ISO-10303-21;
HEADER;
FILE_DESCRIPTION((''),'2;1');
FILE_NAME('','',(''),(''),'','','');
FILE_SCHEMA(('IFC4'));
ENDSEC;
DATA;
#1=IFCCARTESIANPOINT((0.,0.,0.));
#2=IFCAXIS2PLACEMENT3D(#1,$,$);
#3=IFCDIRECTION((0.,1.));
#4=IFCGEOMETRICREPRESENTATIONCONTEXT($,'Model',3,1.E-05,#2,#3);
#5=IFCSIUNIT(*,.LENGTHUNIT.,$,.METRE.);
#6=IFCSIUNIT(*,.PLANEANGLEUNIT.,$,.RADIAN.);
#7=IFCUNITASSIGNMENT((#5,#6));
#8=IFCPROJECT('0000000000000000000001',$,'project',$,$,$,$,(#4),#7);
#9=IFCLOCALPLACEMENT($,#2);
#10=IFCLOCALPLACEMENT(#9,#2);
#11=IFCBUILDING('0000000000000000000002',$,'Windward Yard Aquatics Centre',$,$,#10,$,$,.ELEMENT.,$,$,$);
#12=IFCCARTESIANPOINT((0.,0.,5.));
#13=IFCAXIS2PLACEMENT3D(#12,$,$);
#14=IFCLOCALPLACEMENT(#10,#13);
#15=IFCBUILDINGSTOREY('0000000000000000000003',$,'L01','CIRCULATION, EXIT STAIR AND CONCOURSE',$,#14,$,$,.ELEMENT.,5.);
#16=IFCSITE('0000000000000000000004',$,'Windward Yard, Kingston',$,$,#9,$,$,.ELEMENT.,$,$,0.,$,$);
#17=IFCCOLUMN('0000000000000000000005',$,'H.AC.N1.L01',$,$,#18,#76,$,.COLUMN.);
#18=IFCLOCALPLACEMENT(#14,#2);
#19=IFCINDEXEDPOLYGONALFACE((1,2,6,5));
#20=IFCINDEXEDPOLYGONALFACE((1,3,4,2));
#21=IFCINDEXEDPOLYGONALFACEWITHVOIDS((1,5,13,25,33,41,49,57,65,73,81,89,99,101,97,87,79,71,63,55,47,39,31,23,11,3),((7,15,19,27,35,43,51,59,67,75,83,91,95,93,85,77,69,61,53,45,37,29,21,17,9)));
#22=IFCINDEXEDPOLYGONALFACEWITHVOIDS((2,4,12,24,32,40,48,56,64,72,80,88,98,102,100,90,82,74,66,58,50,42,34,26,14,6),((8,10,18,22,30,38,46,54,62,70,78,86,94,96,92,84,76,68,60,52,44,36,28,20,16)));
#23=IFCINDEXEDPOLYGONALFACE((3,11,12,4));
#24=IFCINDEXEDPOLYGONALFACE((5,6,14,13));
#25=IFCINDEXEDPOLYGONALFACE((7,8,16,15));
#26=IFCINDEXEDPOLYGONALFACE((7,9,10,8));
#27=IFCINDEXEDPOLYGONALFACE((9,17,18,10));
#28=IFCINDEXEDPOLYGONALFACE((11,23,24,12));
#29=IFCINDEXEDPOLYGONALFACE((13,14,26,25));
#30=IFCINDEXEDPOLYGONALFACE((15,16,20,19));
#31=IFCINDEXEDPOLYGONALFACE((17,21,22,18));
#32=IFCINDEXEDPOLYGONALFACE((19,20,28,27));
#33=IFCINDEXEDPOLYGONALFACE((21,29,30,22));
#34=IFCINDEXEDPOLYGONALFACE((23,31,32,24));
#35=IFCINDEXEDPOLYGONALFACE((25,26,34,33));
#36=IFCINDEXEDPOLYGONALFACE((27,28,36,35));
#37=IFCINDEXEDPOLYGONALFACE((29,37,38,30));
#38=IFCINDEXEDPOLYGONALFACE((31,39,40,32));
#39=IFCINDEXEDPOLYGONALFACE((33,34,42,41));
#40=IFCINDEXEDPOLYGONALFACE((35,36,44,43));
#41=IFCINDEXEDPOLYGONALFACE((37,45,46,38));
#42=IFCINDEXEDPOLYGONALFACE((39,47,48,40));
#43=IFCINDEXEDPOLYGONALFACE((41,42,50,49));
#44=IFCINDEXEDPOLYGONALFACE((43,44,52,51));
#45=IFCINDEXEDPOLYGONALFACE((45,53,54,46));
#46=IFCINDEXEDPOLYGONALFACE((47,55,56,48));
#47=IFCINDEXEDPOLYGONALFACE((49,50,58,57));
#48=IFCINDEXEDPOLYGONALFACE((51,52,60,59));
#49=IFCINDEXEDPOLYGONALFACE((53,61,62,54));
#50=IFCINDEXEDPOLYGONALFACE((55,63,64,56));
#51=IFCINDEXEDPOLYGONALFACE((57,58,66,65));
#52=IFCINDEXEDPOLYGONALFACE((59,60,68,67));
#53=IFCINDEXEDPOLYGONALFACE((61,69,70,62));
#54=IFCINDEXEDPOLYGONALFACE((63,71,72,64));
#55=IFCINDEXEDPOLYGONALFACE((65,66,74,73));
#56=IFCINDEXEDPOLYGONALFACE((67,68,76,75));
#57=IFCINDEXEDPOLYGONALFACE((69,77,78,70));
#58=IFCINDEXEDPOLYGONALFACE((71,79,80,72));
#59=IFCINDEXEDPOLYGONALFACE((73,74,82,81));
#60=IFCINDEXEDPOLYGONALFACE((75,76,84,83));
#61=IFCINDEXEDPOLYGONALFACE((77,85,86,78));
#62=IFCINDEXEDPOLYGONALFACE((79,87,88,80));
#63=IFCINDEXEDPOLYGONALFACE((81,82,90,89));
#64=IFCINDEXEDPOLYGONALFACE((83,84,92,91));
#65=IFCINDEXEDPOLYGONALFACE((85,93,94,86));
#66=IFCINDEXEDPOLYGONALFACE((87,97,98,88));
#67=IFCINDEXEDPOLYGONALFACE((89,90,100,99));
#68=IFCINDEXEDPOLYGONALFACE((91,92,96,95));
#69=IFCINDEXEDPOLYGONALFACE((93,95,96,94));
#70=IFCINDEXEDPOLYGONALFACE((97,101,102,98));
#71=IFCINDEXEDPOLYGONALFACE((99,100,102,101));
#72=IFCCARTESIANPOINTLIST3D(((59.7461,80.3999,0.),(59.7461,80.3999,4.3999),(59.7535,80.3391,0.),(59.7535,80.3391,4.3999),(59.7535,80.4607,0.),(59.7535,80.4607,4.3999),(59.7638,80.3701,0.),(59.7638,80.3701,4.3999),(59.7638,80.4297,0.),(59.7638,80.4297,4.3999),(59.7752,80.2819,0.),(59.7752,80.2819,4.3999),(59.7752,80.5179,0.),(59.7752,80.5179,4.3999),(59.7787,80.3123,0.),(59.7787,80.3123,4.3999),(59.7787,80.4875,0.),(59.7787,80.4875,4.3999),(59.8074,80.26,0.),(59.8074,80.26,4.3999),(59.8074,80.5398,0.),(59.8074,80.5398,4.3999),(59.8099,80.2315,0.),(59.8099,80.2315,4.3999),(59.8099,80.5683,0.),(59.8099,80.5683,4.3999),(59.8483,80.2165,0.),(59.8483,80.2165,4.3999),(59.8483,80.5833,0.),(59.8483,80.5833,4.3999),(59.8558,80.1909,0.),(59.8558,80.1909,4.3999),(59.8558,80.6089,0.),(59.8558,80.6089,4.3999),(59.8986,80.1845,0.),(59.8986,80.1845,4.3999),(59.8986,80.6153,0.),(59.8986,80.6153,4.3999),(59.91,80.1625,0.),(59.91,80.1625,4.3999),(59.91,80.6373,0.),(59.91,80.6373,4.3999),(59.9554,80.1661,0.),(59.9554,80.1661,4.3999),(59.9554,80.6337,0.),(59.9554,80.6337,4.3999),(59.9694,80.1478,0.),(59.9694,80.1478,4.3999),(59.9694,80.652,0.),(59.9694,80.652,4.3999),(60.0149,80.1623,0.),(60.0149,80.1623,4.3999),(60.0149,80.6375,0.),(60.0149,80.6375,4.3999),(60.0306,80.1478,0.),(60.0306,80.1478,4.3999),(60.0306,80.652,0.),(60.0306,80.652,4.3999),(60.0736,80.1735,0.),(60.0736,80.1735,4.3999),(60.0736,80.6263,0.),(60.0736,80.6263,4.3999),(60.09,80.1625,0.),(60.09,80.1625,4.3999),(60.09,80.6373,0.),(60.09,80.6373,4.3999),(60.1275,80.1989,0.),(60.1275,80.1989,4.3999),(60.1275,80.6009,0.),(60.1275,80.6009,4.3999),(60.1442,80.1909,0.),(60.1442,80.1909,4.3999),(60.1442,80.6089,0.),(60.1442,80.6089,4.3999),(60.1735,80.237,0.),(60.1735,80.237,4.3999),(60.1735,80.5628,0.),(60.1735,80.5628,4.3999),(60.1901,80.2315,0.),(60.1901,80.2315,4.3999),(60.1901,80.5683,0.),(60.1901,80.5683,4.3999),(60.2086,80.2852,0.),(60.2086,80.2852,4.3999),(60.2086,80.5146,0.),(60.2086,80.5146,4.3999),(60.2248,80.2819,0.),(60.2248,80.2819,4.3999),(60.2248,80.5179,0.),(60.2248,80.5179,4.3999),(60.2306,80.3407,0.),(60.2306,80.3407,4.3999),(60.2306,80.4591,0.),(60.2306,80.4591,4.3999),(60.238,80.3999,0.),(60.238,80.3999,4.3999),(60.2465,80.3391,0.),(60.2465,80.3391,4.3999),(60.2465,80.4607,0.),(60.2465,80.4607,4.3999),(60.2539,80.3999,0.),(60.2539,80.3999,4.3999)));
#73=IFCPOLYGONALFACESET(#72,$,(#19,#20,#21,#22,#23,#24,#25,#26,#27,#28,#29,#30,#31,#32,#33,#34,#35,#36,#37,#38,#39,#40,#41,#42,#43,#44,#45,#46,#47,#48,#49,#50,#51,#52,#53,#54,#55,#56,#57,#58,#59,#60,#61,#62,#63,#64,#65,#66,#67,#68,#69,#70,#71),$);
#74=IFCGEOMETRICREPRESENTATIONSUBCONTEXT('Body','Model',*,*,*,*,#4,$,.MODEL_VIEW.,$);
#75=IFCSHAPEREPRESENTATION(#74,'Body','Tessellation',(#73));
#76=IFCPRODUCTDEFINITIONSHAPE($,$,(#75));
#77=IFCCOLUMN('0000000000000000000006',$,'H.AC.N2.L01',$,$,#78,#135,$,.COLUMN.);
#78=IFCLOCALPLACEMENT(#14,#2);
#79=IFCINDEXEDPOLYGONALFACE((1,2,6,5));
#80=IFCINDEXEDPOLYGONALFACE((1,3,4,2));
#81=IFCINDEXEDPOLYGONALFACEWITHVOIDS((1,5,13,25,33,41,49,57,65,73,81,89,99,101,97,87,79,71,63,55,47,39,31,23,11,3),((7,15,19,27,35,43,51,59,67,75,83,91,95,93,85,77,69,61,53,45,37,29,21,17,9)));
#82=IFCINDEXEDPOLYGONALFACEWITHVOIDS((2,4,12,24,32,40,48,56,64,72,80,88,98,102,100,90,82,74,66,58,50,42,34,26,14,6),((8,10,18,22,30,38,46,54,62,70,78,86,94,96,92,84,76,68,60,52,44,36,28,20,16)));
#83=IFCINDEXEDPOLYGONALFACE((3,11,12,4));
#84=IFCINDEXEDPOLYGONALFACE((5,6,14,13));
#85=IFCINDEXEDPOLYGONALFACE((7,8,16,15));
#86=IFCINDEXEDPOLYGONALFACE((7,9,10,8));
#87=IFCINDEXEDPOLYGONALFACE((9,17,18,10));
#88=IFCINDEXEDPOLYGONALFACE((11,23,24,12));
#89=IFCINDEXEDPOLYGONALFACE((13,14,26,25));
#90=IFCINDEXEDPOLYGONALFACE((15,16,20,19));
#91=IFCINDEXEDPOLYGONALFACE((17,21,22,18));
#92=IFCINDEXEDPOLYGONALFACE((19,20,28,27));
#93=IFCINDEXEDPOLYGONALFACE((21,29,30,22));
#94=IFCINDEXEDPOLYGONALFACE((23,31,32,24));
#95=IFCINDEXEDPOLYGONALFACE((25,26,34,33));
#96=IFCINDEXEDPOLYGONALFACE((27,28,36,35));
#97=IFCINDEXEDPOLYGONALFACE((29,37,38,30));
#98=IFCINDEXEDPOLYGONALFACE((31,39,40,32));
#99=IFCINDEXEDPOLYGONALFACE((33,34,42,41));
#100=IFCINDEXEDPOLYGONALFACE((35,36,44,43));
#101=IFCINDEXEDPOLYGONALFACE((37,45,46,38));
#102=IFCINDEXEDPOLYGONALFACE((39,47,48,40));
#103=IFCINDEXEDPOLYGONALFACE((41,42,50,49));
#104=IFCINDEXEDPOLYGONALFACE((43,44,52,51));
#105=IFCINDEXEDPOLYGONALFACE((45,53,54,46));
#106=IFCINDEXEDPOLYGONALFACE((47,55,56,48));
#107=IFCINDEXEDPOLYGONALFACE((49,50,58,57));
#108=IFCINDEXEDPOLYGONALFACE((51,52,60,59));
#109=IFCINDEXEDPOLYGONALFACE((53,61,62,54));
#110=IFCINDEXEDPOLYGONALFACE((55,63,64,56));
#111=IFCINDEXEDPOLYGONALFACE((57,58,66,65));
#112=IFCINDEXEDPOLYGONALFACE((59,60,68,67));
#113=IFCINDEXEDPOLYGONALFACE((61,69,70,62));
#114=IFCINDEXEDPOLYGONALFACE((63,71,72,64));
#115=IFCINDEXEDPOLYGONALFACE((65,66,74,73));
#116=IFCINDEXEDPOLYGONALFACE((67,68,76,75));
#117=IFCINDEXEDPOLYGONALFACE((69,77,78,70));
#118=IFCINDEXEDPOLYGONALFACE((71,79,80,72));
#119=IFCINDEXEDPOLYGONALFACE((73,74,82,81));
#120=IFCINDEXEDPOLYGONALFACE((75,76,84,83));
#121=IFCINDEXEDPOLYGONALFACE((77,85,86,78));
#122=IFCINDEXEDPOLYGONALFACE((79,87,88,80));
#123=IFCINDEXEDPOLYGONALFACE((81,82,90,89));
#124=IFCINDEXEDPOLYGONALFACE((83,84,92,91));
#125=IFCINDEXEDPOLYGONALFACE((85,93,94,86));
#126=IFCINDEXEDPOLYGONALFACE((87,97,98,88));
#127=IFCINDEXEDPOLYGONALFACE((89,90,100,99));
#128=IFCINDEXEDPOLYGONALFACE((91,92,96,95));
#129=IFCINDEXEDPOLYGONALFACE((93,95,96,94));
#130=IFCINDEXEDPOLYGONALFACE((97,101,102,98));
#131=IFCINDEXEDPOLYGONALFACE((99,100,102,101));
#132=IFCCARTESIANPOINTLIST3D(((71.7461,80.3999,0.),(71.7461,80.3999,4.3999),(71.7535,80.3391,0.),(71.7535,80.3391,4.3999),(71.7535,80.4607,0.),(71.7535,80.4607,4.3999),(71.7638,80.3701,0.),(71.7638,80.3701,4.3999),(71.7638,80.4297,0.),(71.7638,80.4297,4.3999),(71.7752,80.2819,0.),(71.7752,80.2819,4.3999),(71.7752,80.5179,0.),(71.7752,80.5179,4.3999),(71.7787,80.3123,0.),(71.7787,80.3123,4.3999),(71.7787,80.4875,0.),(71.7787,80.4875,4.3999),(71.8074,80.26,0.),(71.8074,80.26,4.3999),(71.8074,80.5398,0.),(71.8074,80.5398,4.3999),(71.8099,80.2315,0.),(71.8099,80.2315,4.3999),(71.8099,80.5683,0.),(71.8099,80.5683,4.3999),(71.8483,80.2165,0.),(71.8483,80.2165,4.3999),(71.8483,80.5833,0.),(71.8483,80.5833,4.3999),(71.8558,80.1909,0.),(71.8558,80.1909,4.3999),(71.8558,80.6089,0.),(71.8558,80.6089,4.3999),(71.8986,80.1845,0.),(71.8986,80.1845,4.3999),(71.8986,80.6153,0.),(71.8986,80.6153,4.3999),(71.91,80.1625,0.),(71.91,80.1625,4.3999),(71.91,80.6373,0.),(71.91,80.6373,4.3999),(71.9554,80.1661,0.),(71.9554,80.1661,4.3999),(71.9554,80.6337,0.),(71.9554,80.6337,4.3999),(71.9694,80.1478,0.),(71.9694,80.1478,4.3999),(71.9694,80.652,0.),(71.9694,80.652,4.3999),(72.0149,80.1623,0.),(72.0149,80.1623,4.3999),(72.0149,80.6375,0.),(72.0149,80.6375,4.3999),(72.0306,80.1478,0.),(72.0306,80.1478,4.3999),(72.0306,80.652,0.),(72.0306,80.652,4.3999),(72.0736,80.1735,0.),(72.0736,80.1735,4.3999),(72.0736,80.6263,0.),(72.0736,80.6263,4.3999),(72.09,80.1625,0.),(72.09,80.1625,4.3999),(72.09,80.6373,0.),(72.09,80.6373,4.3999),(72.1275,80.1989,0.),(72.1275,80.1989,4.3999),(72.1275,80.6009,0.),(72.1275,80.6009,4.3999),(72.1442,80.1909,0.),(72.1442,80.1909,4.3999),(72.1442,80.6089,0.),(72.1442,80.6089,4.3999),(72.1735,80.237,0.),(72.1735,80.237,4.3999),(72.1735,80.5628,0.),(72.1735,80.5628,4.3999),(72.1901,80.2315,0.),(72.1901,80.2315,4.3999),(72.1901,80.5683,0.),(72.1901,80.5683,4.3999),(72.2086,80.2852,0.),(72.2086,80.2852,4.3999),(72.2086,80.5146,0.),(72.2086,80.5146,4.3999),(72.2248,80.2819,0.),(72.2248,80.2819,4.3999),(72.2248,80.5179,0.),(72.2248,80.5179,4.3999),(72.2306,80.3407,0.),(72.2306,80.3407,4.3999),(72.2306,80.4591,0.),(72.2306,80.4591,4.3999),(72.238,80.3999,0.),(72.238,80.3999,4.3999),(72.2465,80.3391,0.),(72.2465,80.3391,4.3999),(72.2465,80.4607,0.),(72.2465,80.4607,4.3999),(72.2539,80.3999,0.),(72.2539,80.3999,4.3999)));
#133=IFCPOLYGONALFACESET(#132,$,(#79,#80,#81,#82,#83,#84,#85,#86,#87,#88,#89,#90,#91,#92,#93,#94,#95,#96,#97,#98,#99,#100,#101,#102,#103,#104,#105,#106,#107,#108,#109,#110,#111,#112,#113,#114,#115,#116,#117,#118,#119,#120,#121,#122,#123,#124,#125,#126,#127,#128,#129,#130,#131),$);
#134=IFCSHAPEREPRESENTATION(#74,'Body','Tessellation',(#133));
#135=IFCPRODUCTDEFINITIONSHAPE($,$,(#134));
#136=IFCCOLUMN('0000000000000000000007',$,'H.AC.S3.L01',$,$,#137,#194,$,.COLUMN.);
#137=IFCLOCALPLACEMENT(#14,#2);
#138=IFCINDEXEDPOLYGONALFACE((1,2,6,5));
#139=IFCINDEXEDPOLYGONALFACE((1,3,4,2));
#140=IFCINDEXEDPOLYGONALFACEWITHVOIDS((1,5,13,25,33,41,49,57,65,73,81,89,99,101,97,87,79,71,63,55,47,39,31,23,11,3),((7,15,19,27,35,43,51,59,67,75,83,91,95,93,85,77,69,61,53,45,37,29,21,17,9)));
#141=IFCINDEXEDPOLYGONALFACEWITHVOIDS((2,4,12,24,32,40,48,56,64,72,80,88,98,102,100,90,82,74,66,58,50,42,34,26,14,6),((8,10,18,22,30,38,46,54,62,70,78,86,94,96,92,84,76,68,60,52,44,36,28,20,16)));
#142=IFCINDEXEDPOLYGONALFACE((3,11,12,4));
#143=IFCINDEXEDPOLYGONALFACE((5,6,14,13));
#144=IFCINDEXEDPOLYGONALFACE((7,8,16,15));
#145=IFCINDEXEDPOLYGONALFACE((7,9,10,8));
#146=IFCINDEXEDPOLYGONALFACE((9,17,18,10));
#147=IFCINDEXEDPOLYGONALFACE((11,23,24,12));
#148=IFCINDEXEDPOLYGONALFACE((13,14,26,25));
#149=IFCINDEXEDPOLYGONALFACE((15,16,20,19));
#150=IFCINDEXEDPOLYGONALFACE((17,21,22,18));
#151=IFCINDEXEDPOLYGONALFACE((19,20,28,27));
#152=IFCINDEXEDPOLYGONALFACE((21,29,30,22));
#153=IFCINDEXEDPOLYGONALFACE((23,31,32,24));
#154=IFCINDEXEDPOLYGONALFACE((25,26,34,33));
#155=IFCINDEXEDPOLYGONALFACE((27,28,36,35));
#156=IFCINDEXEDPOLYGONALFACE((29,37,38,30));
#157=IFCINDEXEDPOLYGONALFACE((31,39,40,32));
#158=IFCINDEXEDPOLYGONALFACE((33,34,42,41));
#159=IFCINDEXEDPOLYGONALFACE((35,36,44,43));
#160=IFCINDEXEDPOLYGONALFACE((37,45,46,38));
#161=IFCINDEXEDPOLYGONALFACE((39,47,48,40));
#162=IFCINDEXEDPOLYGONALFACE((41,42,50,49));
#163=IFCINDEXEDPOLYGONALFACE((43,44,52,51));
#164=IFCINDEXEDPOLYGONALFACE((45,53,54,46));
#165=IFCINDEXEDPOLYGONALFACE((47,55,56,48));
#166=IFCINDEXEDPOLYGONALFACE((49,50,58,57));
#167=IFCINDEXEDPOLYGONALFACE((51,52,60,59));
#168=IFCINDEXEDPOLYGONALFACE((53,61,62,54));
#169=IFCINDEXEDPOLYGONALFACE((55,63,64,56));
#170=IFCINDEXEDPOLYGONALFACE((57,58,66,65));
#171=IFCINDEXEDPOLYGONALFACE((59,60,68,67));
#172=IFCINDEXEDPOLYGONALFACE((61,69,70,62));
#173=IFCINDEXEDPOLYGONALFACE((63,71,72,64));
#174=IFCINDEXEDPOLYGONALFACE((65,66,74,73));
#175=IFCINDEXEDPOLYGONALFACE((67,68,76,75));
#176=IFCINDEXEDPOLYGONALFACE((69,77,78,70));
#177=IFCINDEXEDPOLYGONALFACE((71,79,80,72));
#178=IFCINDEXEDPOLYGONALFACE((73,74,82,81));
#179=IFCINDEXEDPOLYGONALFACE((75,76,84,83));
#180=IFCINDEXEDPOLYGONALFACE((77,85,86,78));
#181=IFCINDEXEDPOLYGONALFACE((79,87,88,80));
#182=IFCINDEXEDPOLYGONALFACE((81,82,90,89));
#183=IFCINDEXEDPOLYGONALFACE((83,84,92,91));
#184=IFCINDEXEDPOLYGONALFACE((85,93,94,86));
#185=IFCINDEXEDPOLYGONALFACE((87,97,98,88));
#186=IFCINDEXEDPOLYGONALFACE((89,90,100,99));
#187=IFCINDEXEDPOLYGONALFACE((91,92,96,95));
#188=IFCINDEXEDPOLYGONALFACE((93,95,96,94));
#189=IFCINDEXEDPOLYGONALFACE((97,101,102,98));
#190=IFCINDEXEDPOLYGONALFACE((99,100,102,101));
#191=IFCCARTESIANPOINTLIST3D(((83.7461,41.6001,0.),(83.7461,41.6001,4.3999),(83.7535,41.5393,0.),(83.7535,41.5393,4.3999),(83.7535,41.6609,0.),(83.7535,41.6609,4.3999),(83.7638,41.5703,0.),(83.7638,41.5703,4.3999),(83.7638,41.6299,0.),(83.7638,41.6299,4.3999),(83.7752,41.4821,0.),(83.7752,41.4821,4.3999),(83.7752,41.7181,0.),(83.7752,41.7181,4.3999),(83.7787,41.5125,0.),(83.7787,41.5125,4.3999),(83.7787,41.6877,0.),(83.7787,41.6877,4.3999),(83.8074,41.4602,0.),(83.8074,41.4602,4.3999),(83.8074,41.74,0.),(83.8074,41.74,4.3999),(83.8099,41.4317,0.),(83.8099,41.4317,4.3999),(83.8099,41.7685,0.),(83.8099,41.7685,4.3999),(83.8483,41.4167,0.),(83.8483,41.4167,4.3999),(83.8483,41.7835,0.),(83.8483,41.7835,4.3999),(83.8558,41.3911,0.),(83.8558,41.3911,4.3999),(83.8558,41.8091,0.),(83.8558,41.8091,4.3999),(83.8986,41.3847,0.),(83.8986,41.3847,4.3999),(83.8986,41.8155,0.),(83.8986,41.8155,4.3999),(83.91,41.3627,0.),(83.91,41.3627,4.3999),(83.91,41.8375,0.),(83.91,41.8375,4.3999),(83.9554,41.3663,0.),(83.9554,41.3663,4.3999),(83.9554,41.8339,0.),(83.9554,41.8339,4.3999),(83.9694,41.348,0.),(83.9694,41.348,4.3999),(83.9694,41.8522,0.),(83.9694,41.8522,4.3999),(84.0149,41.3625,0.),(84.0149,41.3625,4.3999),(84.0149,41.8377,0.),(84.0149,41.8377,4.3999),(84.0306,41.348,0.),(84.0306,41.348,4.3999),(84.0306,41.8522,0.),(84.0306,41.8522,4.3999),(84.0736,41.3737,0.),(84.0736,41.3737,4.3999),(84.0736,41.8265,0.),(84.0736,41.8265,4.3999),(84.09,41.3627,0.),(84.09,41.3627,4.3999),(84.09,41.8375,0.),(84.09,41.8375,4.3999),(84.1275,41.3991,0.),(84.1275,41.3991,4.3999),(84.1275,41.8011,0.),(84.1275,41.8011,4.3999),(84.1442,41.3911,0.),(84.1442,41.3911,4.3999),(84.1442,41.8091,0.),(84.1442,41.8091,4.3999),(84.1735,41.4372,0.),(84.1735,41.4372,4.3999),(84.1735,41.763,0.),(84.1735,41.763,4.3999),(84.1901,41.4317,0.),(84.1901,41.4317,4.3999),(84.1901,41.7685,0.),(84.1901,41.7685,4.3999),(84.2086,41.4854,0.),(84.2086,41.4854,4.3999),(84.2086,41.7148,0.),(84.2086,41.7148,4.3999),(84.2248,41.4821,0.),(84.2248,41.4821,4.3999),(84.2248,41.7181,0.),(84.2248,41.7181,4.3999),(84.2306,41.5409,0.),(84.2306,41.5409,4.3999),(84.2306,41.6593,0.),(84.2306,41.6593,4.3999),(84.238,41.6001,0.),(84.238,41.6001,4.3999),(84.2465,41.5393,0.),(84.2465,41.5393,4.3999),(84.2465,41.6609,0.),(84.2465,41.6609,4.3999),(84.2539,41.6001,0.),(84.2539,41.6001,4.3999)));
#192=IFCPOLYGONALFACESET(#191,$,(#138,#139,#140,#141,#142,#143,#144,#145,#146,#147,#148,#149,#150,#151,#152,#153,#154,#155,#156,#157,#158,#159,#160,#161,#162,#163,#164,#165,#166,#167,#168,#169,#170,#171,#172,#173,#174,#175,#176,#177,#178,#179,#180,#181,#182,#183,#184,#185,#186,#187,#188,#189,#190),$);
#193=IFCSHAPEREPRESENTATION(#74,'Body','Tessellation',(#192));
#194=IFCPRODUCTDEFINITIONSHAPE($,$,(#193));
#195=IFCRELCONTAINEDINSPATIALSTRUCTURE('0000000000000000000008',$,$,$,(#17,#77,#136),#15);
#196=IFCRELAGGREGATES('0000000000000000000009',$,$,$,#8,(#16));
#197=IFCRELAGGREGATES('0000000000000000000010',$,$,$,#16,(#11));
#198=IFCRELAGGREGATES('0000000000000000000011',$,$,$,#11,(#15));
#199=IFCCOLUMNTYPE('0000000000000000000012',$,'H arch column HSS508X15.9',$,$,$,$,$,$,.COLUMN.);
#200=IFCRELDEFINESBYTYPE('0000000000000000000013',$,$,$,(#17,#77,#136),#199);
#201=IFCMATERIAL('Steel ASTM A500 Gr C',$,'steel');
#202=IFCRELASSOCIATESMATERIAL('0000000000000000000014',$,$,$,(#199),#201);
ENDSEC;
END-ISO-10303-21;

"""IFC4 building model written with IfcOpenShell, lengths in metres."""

from ifc_helpers import new_model, si_unit, direction, frame, origin, origin_2d, place, context, subcontext, project, spatial, hollow_circle, extrude, material, material_profile, profile_set, type_object, element, save


model = new_model("IFC4")

# Units and contexts
model_context = context("Model", 3, precision=1e-05, world=origin(), true_north=direction((0.0, 1.0)))
body_context = subcontext(model_context, "Body", "Model", "MODEL_VIEW")
ifc_project = project(units=[si_unit("LENGTHUNIT", "METRE"), si_unit("PLANEANGLEUNIT", "RADIAN")], contexts=[model_context])

# Site, building, storey
site_placement = place(None, origin())
site = spatial("IfcSite", under=ifc_project, at=site_placement, Name="Windward Yard, Kingston", CompositionType="ELEMENT", RefElevation=0.0)
building_placement = place(site_placement, origin())
building = spatial("IfcBuilding", under=site, at=building_placement, Name="Windward Yard Aquatics Centre", CompositionType="ELEMENT")
storey_placement = place(building_placement, frame((0.0, 0.0, 5.0)))
storey = spatial("IfcBuildingStorey", under=building, at=storey_placement, Name="L01", Description="CIRCULATION, EXIT STAIR AND CONCOURSE", CompositionType="ELEMENT", Elevation=5.0)

# Columns
ifc_material_1 = material(Name="Steel ASTM A500 Gr C", Category="steel")
ifc_material_profile_1 = material_profile(ifc_material_1, hollow_circle(Radius=0.2539, WallThickness=0.0159, at=origin_2d()), Name="HSS508X15.9")
ifc_profile_set_1 = profile_set([ifc_material_profile_1], Name="Steel ASTM A500 Gr C")
column_type_1 = type_object("IfcColumnType", Name="H arch column HSS508X15.9", PredefinedType="COLUMN", material=ifc_profile_set_1)
for number, where, z_axis, x_axis, name in (
    (1, (60.0, 80.3999, 0.0), (0.0, 0.0, 1.0), (1.0, 0.0, 0.0), "H.AC.N1.L01"),
    (2, (72.0, 80.3999, 0.0), (0.0, 0.0, 1.0), (1.0, 0.0, 0.0), "H.AC.N2.L01"),
    (3, (84.0, 41.6001, 0.0), (0.0, 0.0, 1.0), (1.0, 0.0, 0.0), "H.AC.S3.L01"),
):
    element("IfcColumn", number, at=place(storey_placement, frame(where, z_axis=z_axis, x_axis=x_axis)), inside=storey, type_object=column_type_1, Name=name, PredefinedType="COLUMN", context=body_context, shape_type="SweptSolid", body=[
        extrude(hollow_circle(Radius=0.2539, WallThickness=0.0159, at=origin_2d()), origin(), (0.0, 0.0, 1.0), 4.3999),
    ])

save(model, "model.ifc")
